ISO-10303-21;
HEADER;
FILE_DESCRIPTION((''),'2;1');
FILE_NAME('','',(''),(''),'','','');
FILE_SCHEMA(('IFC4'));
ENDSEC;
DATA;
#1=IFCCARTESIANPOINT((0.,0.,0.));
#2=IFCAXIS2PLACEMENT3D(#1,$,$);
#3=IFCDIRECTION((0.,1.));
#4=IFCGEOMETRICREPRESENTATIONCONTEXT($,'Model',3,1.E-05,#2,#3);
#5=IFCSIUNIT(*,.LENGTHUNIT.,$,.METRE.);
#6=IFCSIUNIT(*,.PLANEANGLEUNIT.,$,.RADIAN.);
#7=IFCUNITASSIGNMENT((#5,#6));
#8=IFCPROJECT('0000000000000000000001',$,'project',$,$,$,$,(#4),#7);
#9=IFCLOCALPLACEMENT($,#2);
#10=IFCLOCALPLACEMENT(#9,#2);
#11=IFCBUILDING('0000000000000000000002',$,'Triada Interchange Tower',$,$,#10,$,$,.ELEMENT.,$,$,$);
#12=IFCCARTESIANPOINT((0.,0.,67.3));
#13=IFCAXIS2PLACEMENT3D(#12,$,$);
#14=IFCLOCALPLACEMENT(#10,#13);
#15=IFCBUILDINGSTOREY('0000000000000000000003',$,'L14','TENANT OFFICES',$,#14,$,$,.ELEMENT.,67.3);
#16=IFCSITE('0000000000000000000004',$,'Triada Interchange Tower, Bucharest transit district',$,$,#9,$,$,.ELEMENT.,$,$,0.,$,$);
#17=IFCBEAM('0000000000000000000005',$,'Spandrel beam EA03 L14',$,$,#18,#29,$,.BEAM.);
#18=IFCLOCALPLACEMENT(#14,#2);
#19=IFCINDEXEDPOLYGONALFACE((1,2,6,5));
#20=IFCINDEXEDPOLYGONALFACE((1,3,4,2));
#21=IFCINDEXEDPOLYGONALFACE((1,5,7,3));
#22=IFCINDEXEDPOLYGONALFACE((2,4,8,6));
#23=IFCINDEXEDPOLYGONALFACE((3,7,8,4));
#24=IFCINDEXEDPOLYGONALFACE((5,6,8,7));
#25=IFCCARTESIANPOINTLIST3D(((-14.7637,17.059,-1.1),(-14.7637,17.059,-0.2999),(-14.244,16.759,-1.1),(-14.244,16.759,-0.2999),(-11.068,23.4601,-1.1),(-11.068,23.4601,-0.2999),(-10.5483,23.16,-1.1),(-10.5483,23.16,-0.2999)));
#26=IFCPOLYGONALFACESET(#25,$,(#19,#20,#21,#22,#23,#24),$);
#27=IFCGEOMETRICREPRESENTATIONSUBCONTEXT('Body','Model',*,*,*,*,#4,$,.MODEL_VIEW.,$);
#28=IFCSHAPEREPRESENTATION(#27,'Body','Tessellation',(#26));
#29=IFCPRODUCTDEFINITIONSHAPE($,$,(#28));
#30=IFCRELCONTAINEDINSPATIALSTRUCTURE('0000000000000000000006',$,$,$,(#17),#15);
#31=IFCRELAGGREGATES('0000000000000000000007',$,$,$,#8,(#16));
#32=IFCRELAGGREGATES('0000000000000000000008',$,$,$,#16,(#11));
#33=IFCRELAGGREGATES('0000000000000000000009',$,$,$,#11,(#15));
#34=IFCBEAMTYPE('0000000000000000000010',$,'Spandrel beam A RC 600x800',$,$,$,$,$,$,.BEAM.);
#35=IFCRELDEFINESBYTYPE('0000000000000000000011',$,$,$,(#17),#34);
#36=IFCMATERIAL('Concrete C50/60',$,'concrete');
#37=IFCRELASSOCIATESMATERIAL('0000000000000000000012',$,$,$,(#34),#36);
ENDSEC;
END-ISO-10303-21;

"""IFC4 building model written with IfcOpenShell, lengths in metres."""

from ifc_helpers import new_model, si_unit, direction, frame, origin, origin_2d, place, context, subcontext, project, spatial, rectangle, extrude, material, material_profile, profile_set, type_object, element, save


model = new_model("IFC4")

# Units and contexts
model_context = context("Model", 3, precision=1e-05, world=origin(), true_north=direction((0.0, 1.0)))
body_context = subcontext(model_context, "Body", "Model", "MODEL_VIEW")
ifc_project = project(units=[si_unit("LENGTHUNIT", "METRE"), si_unit("PLANEANGLEUNIT", "RADIAN")], contexts=[model_context])

# Site, building, storey
site_placement = place(None, origin())
site = spatial("IfcSite", under=ifc_project, at=site_placement, Name="Triada Interchange Tower, Bucharest transit district", CompositionType="ELEMENT", RefElevation=0.0)
building_placement = place(site_placement, origin())
building = spatial("IfcBuilding", under=site, at=building_placement, Name="Triada Interchange Tower", CompositionType="ELEMENT")
storey_placement = place(building_placement, frame((0.0, 0.0, 67.3)))
storey = spatial("IfcBuildingStorey", under=building, at=storey_placement, Name="L14", Description="TENANT OFFICES", CompositionType="ELEMENT", Elevation=67.3)

# Beam
ifc_material_1 = material(Name="Concrete C50/60", Category="concrete")
ifc_material_profile_1 = material_profile(ifc_material_1, rectangle(XDim=0.6001, YDim=0.8, at=origin_2d()), Name="RC 600x800")
ifc_profile_set_1 = profile_set([ifc_material_profile_1], Name="Concrete C50/60")
beam_type_1 = type_object("IfcBeamType", Name="Spandrel beam A RC 600x800", PredefinedType="BEAM", material=ifc_profile_set_1)
beam_1_placement = place(storey_placement, frame((-10.8081, 23.3101, -0.7), z_axis=(-0.500011, -0.866019, 0.0), x_axis=(0.866019, -0.500011, 0.0)))
element("IfcBeam", 1, at=beam_1_placement, inside=storey, type_object=beam_type_1, Name="Spandrel beam EA03 L14", PredefinedType="BEAM", context=body_context, shape_type="SweptSolid", body=[
    extrude(rectangle(XDim=0.6001, YDim=0.8, at=origin_2d()), origin(), (0.0, 0.0, 1.0), 7.3914),
])

save(model, "model.ifc")
